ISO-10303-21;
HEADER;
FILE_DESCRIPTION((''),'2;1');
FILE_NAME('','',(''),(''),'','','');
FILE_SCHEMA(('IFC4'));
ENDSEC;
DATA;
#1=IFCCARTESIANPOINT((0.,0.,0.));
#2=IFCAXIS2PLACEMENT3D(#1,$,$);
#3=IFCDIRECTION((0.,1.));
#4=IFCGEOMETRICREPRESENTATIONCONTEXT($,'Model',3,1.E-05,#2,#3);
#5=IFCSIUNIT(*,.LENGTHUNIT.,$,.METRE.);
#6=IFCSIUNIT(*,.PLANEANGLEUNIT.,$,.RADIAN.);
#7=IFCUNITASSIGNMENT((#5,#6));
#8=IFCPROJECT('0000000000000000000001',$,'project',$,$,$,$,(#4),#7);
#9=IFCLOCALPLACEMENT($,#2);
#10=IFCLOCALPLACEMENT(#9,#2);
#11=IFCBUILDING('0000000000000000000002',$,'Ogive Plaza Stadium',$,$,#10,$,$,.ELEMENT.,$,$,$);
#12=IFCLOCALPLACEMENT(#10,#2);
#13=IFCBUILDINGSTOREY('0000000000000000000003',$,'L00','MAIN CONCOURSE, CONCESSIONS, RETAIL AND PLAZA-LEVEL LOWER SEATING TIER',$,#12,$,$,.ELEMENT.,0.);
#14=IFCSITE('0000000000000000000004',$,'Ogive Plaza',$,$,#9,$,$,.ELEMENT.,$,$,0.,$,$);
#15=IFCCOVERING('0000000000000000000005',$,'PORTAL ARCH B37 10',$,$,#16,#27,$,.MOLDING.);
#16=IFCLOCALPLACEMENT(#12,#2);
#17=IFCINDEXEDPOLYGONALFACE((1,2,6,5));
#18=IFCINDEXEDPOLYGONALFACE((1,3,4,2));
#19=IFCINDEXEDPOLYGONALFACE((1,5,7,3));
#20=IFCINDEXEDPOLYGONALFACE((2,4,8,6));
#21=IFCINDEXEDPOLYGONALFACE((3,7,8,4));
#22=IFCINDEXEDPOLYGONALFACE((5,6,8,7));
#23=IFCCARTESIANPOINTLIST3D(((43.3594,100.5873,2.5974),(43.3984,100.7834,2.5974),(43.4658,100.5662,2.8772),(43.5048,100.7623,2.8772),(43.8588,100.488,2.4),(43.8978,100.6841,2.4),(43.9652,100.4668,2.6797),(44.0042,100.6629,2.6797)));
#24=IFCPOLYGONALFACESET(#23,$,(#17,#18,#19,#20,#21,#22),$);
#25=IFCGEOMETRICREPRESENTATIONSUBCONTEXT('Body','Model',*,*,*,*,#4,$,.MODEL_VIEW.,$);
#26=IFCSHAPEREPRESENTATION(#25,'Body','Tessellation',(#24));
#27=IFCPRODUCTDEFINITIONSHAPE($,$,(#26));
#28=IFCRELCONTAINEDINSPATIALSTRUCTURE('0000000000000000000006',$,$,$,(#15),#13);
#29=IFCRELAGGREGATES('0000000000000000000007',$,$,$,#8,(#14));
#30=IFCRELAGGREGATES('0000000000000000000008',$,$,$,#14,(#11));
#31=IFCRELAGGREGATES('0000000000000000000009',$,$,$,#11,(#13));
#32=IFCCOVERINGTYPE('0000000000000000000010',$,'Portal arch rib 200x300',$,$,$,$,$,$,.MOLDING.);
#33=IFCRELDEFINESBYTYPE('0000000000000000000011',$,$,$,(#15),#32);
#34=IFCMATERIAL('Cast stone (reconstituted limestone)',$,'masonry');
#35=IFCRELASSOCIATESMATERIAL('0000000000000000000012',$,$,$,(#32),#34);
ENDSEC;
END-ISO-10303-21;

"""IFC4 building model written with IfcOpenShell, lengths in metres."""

from ifc_helpers import new_model, si_unit, direction, frame, origin, origin_2d, place, context, subcontext, project, spatial, rectangle, extrude, material, material_profile, profile_set, type_object, element, save


model = new_model("IFC4")

# Units and contexts
model_context = context("Model", 3, precision=1e-05, world=origin(), true_north=direction((0.0, 1.0)))
body_context = subcontext(model_context, "Body", "Model", "MODEL_VIEW")
ifc_project = project(units=[si_unit("LENGTHUNIT", "METRE"), si_unit("PLANEANGLEUNIT", "RADIAN")], contexts=[model_context])

# Site, building, storey
site_placement = place(None, origin())
site = spatial("IfcSite", under=ifc_project, at=site_placement, Name="Ogive Plaza", CompositionType="ELEMENT", RefElevation=0.0)
building_placement = place(site_placement, origin())
building = spatial("IfcBuilding", under=site, at=building_placement, Name="Ogive Plaza Stadium", CompositionType="ELEMENT")
storey_placement = place(building_placement, origin())
storey = spatial("IfcBuildingStorey", under=building, at=storey_placement, Name="L00", Description="MAIN CONCOURSE, CONCESSIONS, RETAIL AND PLAZA-LEVEL LOWER SEATING TIER", CompositionType="ELEMENT", Elevation=0.0)

# Covering
ifc_material_1 = material(Name="Cast stone (reconstituted limestone)", Category="masonry")
ifc_material_profile_1 = material_profile(ifc_material_1, rectangle(XDim=0.2, YDim=0.3, at=origin_2d()), Name="Cast stone 200x300")
ifc_profile_set_1 = profile_set([ifc_material_profile_1], Name="Cast stone (reconstituted limestone)")
covering_type = type_object("IfcCoveringType", Name="Portal arch rib 200x300", PredefinedType="MOLDING", material=ifc_profile_set_1)
covering_1_placement = place(storey_placement, frame((43.4321, 100.6748, 2.7373), z_axis=(0.914428, -0.181902, -0.36157), x_axis=(0.195102, 0.980783, 0.0)))
element("IfcCovering", 1, at=covering_1_placement, inside=storey, type_object=covering_type, Name="PORTAL ARCH B37 10", PredefinedType="MOLDING", context=body_context, shape_type="SweptSolid", body=[
    extrude(rectangle(XDim=0.2, YDim=0.3, at=origin_2d()), origin(), (0.0, 0.0, 1.0), 0.5461),
])

save(model, "model.ifc")
